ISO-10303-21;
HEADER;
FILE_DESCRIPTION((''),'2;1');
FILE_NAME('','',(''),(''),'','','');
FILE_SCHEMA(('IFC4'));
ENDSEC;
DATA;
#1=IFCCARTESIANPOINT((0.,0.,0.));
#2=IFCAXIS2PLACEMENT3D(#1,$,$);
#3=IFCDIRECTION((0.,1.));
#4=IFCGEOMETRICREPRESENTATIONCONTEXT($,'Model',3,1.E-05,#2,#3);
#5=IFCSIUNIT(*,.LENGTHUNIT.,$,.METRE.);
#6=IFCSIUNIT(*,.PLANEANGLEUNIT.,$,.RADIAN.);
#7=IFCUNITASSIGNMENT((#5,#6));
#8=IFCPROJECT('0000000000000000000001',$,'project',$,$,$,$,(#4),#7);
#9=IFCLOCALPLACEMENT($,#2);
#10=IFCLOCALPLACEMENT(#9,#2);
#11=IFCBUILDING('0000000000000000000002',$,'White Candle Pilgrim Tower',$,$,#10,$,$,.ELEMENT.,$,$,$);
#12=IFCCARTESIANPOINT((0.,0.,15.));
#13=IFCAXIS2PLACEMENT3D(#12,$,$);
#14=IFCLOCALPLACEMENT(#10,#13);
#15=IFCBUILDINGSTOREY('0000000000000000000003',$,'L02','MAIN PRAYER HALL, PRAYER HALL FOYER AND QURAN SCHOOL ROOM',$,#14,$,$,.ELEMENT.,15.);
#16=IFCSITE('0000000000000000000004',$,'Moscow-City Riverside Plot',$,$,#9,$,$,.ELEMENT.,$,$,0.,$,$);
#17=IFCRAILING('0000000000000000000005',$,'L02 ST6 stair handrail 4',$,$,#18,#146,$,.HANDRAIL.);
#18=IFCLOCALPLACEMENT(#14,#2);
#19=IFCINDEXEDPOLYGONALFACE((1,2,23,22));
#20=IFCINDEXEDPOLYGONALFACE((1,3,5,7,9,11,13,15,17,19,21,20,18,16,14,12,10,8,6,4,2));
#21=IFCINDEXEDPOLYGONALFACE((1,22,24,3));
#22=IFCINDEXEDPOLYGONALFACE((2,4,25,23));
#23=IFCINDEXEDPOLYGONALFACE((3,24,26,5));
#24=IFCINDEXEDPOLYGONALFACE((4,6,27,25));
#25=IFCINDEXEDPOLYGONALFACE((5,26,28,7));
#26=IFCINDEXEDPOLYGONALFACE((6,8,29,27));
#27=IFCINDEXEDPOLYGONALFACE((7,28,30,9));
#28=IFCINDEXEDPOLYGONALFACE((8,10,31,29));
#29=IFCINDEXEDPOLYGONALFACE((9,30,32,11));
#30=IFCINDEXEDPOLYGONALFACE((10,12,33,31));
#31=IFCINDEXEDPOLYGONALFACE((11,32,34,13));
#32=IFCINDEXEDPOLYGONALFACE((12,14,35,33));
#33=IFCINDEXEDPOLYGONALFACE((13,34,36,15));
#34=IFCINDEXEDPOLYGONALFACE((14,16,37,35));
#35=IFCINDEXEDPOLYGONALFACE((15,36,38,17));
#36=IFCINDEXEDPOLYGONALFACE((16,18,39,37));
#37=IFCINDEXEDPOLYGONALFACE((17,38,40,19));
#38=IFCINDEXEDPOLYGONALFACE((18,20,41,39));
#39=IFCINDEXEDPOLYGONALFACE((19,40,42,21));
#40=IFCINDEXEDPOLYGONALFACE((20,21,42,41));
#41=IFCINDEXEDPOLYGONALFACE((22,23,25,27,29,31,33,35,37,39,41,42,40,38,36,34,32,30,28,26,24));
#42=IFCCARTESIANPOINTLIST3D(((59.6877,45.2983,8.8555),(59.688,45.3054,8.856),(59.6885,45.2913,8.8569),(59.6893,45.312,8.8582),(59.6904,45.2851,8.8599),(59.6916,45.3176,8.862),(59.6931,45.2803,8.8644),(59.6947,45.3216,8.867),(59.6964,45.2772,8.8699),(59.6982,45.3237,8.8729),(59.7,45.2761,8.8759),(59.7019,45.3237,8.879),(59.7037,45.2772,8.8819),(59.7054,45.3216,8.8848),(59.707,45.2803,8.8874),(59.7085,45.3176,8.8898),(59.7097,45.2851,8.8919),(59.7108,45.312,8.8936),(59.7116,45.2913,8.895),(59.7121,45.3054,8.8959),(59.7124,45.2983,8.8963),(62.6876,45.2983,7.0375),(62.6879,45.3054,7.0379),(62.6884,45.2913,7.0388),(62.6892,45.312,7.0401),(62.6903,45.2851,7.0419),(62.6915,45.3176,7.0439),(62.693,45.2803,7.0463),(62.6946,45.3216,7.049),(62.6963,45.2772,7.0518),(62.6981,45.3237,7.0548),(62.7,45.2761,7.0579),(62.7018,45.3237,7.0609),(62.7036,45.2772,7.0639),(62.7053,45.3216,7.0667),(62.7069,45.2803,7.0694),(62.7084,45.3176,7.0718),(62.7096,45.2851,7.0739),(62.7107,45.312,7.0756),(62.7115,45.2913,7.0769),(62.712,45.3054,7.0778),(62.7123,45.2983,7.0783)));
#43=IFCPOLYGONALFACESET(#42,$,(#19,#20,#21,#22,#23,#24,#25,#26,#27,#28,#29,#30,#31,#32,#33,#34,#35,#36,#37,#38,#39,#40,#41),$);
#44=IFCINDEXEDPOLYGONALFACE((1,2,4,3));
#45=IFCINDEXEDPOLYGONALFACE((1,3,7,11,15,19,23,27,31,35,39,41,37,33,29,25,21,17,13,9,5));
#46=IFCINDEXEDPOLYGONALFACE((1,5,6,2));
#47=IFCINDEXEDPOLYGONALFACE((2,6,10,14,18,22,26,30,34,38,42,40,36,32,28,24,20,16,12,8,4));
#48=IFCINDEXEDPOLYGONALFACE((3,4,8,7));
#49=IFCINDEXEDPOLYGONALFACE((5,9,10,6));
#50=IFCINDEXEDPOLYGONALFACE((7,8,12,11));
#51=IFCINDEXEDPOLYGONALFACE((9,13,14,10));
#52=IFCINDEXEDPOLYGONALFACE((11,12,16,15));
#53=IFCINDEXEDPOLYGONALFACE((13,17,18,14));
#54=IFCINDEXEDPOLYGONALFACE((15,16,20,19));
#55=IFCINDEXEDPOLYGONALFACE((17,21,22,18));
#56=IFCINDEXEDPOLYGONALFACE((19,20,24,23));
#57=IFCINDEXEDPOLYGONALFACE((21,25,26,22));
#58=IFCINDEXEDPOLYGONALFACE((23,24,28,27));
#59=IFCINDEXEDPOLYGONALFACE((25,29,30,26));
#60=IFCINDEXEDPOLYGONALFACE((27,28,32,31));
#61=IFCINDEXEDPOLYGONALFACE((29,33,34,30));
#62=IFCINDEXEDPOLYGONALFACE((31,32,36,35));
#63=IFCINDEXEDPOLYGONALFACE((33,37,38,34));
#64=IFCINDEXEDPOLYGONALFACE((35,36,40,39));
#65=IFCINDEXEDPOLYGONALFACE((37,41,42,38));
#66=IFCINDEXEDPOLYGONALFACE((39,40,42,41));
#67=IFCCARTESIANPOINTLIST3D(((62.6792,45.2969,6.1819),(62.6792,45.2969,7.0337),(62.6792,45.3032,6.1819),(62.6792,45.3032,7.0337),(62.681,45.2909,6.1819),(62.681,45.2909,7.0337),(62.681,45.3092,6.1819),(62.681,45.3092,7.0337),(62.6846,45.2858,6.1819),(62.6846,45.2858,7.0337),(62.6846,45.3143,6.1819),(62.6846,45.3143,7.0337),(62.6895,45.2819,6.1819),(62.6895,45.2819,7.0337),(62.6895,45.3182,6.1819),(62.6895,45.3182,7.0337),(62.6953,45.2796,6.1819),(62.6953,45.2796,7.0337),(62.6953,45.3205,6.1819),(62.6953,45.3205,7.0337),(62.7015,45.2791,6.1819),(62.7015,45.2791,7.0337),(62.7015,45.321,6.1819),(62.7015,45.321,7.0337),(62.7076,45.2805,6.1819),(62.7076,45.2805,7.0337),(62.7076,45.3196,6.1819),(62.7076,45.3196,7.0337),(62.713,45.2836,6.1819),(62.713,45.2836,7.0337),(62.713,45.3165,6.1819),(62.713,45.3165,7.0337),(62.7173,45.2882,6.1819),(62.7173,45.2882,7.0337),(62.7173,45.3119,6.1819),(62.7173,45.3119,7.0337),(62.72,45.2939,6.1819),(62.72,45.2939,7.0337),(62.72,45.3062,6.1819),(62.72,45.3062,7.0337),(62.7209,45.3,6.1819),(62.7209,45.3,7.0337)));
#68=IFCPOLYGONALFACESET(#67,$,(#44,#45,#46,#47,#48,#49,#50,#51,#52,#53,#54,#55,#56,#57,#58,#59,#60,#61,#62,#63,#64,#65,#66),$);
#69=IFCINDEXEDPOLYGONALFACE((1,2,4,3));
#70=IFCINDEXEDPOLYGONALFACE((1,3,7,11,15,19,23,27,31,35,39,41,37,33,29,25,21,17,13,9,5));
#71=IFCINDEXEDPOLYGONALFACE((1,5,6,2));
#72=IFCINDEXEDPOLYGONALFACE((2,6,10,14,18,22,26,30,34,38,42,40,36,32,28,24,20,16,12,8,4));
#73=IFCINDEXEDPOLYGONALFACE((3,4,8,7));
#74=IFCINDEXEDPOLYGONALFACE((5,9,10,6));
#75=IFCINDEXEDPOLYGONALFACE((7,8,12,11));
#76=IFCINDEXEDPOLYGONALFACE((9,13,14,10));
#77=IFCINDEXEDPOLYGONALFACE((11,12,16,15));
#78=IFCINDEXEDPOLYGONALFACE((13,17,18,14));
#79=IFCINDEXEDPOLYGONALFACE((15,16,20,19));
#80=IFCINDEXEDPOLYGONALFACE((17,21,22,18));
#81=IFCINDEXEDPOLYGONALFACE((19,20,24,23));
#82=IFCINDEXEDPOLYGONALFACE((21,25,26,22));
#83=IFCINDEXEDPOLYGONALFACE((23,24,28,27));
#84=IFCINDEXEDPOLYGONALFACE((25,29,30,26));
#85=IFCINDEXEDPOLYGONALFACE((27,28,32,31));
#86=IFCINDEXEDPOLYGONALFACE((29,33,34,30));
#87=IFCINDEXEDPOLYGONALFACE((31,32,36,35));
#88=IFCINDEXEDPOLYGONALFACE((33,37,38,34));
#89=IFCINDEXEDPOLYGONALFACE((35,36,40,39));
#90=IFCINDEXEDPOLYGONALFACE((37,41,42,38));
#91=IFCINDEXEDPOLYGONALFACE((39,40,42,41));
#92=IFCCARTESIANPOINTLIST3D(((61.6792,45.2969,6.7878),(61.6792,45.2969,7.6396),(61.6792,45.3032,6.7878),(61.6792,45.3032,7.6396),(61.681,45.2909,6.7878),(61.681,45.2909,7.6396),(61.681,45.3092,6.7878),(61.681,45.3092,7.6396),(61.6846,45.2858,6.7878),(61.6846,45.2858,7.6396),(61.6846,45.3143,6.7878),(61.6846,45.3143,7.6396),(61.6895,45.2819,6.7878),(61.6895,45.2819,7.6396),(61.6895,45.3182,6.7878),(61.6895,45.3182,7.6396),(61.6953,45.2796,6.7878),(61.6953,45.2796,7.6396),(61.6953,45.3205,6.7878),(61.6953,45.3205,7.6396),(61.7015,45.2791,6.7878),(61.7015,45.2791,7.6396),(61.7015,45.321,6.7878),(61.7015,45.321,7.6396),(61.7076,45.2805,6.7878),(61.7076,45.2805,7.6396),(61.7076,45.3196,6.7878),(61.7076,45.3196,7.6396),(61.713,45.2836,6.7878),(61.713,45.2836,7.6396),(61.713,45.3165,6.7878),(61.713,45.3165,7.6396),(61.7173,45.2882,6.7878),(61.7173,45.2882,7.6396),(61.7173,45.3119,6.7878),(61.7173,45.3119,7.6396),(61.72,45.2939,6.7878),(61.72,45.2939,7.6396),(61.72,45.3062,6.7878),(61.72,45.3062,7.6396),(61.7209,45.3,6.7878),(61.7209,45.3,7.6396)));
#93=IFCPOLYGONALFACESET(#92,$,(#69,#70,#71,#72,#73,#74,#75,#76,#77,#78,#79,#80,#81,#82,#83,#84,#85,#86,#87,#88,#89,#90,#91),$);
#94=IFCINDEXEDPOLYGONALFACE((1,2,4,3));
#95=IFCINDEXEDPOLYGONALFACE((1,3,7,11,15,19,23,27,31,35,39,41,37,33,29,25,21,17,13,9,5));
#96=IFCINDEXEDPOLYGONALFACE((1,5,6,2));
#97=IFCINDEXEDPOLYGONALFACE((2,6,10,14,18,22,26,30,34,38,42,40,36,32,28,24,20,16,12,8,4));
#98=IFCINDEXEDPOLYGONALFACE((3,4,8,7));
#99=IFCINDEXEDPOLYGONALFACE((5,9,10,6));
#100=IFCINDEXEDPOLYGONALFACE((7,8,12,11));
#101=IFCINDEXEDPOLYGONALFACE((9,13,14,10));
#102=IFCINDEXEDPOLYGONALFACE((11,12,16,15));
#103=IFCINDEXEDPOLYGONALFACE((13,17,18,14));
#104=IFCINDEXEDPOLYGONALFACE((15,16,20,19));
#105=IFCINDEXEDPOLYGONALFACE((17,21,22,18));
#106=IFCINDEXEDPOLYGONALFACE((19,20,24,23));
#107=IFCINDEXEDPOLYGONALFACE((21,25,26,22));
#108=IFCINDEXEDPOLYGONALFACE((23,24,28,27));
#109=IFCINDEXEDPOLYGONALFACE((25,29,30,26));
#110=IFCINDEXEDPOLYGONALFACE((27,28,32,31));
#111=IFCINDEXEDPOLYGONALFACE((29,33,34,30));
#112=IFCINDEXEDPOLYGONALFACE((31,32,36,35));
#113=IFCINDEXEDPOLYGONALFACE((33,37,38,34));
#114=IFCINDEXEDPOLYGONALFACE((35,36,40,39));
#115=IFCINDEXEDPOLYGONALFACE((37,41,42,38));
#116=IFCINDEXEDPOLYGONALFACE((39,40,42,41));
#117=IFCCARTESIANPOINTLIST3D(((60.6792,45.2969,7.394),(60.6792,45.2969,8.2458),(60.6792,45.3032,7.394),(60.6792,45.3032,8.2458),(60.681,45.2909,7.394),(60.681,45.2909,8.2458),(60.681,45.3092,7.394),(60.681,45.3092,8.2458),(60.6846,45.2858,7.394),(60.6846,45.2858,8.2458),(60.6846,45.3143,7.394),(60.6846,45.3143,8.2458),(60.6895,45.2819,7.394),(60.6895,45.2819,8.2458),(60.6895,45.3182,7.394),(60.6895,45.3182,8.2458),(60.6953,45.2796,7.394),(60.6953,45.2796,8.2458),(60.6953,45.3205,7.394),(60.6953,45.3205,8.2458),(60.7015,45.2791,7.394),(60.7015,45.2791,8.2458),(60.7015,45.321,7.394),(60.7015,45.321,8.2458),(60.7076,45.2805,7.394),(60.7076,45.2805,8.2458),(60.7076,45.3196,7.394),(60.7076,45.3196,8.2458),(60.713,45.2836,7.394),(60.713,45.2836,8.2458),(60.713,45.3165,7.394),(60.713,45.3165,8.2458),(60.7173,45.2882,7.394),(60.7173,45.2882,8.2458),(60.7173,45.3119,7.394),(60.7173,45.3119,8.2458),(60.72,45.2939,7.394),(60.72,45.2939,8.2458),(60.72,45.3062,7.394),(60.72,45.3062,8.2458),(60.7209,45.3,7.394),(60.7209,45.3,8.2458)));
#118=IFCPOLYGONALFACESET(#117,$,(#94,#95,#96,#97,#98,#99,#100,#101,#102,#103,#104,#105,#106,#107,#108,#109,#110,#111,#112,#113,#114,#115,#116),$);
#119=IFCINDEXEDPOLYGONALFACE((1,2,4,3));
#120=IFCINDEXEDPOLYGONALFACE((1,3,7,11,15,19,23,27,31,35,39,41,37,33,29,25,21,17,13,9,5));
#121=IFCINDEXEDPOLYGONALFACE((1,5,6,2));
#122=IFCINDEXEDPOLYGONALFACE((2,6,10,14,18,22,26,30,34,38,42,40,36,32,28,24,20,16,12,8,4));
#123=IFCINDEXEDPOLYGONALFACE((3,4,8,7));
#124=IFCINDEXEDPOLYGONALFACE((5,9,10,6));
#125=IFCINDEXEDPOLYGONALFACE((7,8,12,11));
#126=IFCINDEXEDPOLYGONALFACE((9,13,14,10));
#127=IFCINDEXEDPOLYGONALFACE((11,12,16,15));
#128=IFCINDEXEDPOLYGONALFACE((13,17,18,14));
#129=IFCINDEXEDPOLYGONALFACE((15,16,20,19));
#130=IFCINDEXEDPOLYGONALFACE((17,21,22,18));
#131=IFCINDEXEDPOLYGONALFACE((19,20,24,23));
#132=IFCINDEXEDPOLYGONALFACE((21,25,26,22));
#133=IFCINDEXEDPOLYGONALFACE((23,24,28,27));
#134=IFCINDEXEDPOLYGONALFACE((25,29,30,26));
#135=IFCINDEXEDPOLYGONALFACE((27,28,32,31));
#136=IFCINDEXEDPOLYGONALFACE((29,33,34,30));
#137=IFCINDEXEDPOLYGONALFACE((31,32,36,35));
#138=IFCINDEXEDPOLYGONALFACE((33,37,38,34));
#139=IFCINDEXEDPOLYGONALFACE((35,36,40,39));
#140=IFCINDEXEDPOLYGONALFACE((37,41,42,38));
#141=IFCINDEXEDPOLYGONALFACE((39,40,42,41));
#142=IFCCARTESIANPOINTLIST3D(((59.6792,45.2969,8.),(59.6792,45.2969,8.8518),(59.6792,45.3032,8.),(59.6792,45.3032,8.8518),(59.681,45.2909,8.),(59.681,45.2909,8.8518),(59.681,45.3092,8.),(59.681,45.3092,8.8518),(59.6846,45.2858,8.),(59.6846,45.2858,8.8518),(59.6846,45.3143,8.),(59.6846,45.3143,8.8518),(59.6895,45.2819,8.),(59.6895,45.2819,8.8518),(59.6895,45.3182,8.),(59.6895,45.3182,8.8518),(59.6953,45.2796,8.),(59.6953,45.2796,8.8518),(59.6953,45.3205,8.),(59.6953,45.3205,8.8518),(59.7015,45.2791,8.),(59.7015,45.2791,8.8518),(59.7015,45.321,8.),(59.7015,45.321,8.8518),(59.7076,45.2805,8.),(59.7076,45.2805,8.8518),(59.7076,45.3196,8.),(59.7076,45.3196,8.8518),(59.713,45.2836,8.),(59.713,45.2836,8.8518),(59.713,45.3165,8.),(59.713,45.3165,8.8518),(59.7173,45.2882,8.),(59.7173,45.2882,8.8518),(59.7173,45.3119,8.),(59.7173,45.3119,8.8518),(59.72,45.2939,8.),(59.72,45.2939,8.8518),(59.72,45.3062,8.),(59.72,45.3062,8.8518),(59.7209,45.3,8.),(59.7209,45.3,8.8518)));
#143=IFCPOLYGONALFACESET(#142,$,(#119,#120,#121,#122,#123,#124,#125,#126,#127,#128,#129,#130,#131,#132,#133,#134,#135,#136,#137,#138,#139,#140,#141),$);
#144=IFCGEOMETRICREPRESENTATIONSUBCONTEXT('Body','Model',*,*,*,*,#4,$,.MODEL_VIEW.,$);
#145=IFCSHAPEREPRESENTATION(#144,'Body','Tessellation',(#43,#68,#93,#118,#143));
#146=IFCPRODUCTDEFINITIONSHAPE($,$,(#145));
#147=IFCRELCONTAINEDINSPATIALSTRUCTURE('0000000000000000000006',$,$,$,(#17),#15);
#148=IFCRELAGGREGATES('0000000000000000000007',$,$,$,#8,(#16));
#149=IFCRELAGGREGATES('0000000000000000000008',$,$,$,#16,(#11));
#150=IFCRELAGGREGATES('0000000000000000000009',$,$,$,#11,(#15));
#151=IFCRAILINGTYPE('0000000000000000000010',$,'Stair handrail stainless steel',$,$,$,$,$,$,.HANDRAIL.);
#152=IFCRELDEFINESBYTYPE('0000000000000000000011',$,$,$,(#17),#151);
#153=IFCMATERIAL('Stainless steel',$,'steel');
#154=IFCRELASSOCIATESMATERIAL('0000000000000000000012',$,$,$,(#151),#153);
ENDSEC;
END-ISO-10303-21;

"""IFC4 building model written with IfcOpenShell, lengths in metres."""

from ifc_helpers import new_model, si_unit, direction, frame, origin, origin_2d, place, context, subcontext, project, spatial, circle, extrude, material, type_object, element, save


model = new_model("IFC4")

# Units and contexts
model_context = context("Model", 3, precision=1e-05, world=origin(), true_north=direction((0.0, 1.0)))
body_context = subcontext(model_context, "Body", "Model", "MODEL_VIEW")
ifc_project = project(units=[si_unit("LENGTHUNIT", "METRE"), si_unit("PLANEANGLEUNIT", "RADIAN")], contexts=[model_context])

# Site, building, storey
site_placement = place(None, origin())
site = spatial("IfcSite", under=ifc_project, at=site_placement, Name="Moscow-City Riverside Plot", CompositionType="ELEMENT", RefElevation=0.0)
building_placement = place(site_placement, origin())
building = spatial("IfcBuilding", under=site, at=building_placement, Name="White Candle Pilgrim Tower", CompositionType="ELEMENT")
storey_placement = place(building_placement, frame((0.0, 0.0, 15.0)))
storey = spatial("IfcBuildingStorey", under=building, at=storey_placement, Name="L02", Description="MAIN PRAYER HALL, PRAYER HALL FOYER AND QURAN SCHOOL ROOM", CompositionType="ELEMENT", Elevation=15.0)

# Railing
ifc_material_1 = material(Name="Stainless steel", Category="steel")
railing_type_1 = type_object("IfcRailingType", Name="Stair handrail stainless steel", PredefinedType="HANDRAIL", material=ifc_material_1)
railing_1_placement = place(storey_placement, frame((62.7, 45.3, 6.1819)))
element("IfcRailing", 1, at=railing_1_placement, inside=storey, type_object=railing_type_1, Name="L02 ST6 stair handrail 4", PredefinedType="HANDRAIL", context=body_context, shape_type="SweptSolid", body=[
    extrude(circle(Radius=0.0239, at=origin_2d()), frame((0.0, 0.0, 0.876), z_axis=(-0.855206, 0.0, 0.518288), x_axis=(0.0, -1.0, 0.0)), (0.0, 0.0, 1.0), 3.5078),
    extrude(circle(Radius=0.021, at=origin_2d()), origin(), (0.0, 0.0, 1.0), 0.8518),
    extrude(circle(Radius=0.021, at=origin_2d()), frame((-1.0, 0.0, 0.606)), (0.0, 0.0, 1.0), 0.8518),
    extrude(circle(Radius=0.021, at=origin_2d()), frame((-2.0, 0.0, 1.2122)), (0.0, 0.0, 1.0), 0.8518),
    extrude(circle(Radius=0.021, at=origin_2d()), frame((-3.0, 0.0, 1.8181)), (0.0, 0.0, 1.0), 0.8518),
])

save(model, "model.ifc")
